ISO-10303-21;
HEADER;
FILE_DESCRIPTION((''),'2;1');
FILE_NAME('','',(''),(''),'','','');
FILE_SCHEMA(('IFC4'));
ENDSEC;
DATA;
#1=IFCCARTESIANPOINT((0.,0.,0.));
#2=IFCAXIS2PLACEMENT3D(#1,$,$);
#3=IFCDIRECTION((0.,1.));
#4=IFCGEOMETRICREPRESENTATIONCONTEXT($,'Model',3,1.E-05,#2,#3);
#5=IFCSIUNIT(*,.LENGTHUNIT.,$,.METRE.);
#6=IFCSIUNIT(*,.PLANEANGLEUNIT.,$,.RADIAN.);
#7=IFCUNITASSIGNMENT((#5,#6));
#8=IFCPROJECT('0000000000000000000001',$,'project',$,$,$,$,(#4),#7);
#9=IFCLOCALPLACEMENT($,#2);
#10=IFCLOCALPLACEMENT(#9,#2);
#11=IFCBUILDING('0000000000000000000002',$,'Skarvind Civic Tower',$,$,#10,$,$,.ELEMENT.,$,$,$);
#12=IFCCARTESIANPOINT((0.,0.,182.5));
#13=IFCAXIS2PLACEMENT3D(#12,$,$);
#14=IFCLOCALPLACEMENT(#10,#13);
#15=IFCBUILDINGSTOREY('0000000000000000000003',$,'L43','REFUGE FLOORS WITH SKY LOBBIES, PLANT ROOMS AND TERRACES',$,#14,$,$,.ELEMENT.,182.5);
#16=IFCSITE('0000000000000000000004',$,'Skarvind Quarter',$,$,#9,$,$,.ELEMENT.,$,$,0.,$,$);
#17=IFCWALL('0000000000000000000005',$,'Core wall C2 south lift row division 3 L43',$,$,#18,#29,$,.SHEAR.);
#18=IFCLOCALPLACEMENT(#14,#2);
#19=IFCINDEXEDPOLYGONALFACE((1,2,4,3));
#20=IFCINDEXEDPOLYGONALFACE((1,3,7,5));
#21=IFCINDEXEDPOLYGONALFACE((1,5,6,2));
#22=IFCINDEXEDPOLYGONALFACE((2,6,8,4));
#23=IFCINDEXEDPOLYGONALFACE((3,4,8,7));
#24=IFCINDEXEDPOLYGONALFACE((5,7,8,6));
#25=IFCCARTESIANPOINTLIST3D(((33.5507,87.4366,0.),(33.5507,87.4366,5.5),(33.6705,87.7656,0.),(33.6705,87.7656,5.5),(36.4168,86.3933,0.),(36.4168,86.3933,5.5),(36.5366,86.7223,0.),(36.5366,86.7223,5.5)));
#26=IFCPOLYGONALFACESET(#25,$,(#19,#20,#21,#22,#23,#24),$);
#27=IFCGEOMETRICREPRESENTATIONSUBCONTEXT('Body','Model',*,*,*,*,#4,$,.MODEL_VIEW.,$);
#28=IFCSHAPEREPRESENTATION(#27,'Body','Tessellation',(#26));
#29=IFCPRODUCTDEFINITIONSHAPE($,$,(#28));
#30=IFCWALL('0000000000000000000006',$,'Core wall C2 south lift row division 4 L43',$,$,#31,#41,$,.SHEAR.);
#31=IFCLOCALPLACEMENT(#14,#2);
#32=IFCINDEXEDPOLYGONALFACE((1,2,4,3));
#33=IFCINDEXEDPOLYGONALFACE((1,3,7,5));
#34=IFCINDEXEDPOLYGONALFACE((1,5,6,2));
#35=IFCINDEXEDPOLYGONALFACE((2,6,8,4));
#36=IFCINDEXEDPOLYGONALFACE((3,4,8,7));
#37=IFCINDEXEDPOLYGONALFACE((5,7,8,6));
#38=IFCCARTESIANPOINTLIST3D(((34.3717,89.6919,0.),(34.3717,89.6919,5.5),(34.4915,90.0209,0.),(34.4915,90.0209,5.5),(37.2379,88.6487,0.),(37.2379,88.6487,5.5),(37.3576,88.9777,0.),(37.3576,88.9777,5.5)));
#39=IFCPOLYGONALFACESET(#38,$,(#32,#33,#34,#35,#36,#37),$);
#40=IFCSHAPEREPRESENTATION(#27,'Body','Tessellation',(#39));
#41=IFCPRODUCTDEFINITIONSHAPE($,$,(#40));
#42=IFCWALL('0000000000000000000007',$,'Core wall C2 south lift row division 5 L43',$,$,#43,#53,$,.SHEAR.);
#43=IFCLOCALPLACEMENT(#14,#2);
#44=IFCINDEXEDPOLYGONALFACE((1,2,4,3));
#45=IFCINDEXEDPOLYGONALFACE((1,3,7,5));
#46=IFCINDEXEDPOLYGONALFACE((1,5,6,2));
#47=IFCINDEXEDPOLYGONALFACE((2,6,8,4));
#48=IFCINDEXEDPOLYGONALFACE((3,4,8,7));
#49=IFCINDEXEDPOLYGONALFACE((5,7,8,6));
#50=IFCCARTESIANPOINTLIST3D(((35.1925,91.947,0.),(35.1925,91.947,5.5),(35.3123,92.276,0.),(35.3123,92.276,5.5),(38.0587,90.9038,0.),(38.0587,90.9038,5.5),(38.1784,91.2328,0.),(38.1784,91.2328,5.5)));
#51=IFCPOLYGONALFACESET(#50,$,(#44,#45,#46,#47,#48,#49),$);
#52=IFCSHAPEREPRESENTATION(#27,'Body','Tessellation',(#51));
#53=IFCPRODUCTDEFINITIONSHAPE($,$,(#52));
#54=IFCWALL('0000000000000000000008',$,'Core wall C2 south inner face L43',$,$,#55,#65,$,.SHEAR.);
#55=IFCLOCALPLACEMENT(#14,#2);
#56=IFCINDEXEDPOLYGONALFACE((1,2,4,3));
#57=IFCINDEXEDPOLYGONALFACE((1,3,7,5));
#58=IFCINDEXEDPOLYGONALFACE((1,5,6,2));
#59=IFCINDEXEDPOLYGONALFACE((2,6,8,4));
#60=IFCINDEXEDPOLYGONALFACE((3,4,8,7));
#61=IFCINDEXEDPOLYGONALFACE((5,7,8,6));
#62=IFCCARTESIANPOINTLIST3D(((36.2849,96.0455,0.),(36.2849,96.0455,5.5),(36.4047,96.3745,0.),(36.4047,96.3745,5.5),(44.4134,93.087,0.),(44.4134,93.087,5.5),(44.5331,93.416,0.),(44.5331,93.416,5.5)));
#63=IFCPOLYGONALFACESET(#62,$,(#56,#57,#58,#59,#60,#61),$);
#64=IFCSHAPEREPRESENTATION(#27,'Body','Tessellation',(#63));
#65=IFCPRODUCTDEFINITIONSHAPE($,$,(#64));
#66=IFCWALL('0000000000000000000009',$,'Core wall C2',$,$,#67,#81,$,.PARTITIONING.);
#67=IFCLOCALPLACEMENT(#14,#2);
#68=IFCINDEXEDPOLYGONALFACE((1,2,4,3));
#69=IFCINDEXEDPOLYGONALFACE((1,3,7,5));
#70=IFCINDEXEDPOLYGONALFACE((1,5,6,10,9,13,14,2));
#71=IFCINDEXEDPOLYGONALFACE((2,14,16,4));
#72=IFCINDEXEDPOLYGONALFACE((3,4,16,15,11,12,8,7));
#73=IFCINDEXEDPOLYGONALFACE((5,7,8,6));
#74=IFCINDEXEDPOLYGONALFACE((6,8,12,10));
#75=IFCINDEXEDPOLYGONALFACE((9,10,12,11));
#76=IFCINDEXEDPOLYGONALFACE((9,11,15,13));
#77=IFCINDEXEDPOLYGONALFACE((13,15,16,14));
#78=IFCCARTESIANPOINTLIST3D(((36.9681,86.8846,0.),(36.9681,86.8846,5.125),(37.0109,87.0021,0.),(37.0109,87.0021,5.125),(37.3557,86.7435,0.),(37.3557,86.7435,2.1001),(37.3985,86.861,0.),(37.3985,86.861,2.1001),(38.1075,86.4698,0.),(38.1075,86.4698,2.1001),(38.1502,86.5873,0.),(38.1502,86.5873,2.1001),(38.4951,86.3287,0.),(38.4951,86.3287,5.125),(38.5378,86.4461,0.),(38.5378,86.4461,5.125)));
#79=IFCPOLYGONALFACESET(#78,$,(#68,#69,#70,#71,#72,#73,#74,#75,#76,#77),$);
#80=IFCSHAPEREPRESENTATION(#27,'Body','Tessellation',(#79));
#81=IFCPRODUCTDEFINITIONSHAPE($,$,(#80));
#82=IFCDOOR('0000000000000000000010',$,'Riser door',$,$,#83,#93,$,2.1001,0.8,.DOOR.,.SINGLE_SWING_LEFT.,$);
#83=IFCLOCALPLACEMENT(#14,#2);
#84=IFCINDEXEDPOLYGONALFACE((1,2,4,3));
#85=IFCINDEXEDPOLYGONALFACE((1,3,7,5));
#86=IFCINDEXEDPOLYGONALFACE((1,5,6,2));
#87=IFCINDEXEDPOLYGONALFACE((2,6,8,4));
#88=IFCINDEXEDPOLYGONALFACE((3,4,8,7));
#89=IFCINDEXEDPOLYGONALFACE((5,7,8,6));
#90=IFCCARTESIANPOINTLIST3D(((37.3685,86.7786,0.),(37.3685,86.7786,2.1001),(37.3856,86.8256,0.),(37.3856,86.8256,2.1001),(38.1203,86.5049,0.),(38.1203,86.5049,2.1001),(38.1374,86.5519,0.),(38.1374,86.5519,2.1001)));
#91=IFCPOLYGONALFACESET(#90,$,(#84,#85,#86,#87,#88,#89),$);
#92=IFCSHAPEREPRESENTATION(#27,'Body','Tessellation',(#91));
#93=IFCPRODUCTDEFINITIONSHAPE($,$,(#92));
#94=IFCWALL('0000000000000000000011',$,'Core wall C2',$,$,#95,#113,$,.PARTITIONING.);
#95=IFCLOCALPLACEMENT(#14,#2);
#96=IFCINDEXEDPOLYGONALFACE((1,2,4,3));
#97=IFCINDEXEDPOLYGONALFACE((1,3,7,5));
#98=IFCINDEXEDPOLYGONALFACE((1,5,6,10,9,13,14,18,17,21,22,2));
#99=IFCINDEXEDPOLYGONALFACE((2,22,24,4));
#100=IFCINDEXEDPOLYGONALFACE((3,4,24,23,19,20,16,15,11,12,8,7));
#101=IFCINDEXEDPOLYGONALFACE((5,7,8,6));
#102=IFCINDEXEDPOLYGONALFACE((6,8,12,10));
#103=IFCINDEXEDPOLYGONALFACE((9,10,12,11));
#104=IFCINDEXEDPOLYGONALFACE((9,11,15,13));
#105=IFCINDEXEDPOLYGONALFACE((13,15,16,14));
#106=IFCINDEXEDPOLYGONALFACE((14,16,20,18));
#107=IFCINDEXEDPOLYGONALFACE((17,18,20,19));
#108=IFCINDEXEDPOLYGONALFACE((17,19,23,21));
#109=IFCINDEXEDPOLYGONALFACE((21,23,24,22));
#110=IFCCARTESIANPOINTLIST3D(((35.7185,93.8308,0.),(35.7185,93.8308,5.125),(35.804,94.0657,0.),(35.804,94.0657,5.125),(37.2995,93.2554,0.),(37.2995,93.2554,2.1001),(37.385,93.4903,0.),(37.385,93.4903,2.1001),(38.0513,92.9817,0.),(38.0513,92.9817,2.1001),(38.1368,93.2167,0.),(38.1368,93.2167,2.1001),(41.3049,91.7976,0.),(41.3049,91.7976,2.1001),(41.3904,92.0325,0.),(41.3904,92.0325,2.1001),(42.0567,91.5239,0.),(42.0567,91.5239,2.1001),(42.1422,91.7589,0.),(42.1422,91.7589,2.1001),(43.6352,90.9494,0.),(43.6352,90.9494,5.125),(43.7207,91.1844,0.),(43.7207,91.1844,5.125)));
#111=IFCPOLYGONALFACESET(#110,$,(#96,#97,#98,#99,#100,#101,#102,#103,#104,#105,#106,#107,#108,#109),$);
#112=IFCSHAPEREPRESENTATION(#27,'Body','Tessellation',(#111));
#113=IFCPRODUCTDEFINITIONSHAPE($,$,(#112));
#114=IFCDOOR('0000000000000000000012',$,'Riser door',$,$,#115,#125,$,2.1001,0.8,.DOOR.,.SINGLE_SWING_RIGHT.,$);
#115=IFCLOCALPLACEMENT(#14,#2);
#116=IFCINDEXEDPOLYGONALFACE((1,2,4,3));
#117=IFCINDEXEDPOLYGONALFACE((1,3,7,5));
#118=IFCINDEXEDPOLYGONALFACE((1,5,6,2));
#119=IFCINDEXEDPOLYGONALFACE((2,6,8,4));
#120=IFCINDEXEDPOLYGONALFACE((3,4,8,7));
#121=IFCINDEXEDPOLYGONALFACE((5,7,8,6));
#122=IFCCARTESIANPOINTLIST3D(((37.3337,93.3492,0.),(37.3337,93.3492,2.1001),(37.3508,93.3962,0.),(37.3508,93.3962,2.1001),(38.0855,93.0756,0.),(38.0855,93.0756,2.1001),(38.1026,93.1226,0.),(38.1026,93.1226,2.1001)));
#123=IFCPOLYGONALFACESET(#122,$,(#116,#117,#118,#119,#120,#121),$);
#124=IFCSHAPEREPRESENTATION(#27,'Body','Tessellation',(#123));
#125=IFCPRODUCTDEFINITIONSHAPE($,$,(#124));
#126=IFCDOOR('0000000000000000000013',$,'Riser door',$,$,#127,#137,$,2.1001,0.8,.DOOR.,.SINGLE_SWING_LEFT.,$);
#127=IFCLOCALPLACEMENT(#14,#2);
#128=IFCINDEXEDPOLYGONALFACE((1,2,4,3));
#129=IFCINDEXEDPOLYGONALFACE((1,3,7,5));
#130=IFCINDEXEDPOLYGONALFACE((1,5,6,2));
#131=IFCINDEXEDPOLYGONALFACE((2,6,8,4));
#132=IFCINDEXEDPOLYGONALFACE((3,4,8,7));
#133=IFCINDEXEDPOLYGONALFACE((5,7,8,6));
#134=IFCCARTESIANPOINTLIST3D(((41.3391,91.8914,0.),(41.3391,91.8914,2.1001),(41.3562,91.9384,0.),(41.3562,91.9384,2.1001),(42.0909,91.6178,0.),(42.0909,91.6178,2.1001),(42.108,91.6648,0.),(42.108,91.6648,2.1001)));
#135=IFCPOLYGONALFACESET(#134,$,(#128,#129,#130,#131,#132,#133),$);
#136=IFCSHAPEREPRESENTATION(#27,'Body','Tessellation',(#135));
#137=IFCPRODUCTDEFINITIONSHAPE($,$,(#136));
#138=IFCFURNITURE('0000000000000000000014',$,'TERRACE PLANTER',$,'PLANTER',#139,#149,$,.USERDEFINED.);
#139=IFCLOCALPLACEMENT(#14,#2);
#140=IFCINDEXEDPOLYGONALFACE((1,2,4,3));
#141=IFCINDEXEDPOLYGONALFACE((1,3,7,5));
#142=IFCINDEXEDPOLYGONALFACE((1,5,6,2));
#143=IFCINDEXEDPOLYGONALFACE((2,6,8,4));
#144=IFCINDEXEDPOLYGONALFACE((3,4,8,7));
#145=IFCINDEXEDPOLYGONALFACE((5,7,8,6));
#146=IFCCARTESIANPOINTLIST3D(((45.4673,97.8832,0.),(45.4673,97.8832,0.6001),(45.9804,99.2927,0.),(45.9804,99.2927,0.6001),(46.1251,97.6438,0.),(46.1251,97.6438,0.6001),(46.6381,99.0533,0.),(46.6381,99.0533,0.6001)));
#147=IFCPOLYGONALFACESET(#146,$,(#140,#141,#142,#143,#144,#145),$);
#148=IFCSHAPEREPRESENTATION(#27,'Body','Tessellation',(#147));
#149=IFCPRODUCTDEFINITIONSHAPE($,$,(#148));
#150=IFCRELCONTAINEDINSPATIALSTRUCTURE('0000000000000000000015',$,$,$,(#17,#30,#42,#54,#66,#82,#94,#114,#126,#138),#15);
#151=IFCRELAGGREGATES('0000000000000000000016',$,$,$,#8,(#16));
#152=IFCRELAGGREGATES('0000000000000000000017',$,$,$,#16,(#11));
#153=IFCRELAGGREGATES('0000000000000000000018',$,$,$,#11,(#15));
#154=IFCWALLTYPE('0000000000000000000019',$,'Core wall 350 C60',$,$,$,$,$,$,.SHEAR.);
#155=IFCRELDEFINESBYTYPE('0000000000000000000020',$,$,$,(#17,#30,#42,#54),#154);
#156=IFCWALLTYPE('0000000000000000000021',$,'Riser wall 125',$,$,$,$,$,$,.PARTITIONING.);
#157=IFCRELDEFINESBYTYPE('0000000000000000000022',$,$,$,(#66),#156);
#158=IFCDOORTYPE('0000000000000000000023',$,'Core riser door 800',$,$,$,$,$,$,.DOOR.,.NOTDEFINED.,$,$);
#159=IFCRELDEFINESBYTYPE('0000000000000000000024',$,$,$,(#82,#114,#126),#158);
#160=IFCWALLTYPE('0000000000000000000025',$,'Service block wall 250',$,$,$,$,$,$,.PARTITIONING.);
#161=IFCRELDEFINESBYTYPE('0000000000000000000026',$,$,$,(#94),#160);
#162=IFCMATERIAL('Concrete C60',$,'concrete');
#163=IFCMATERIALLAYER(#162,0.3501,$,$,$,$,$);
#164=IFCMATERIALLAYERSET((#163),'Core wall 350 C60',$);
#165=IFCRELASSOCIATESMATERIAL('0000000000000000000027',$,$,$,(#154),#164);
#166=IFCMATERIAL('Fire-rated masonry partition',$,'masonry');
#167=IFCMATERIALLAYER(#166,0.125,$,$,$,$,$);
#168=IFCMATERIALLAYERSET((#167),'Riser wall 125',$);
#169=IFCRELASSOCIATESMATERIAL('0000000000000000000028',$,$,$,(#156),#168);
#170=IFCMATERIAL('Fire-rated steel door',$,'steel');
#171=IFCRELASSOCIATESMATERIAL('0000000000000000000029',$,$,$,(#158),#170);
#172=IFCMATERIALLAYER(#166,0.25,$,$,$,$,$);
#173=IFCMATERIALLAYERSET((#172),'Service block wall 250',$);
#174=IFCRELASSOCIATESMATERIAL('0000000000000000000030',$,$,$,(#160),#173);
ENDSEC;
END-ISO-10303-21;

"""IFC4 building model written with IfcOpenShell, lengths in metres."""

from ifc_helpers import new_model, si_unit, direction, frame, frame_2d, origin, origin_2d, place, context, subcontext, project, spatial, rectangle, extrude, material, layer, layer_set, type_object, element, fill, save


model = new_model("IFC4")

# Units and contexts
model_context = context("Model", 3, precision=1e-05, world=origin(), true_north=direction((0.0, 1.0)))
body_context = subcontext(model_context, "Body", "Model", "MODEL_VIEW")
ifc_project = project(units=[si_unit("LENGTHUNIT", "METRE"), si_unit("PLANEANGLEUNIT", "RADIAN")], contexts=[model_context])

# Site, building, storey
site_placement = place(None, origin())
site = spatial("IfcSite", under=ifc_project, at=site_placement, Name="Skarvind Quarter", CompositionType="ELEMENT", RefElevation=0.0)
building_placement = place(site_placement, origin())
building = spatial("IfcBuilding", under=site, at=building_placement, Name="Skarvind Civic Tower", CompositionType="ELEMENT")
storey_placement = place(building_placement, frame((0.0, 0.0, 182.5)))
storey = spatial("IfcBuildingStorey", under=building, at=storey_placement, Name="L43", Description="REFUGE FLOORS WITH SKY LOBBIES, PLANT ROOMS AND TERRACES", CompositionType="ELEMENT", Elevation=182.5)

# Shared definitions
ifc_material_1 = material(Name="Concrete C60", Category="concrete")

# Shared definitions
ifc_material_2 = material(Name="Fire-rated masonry partition", Category="masonry")
ifc_material_3 = material(Name="Fire-rated steel door", Category="steel")

# Walls
ifc_layer_1 = layer(ifc_material_1, 0.3501)
ifc_layer_set_1 = layer_set([ifc_layer_1], Name="Core wall 350 C60")
wall_type_1 = type_object("IfcWallType", Name="Core wall 350 C60", PredefinedType="SHEAR", material=ifc_layer_set_1)
for number, where, z_axis, x_axis, name in (
    (1, (36.4766, 86.5579, 0.0), (0.0, 0.0, 1.0), (-0.939684, 0.342045, 0.0), "Core wall C2 south lift row division 3 L43"),
    (2, (37.2976, 88.8132, 0.0), (0.0, 0.0, 1.0), (-0.939693, 0.342019, 0.0), "Core wall C2 south lift row division 4 L43"),
    (3, (38.1184, 91.0684, 0.0), (0.0, 0.0, 1.0), (-0.939693, 0.342019, 0.0), "Core wall C2 south lift row division 5 L43"),
):
    element("IfcWall", number, at=place(storey_placement, frame(where, z_axis=z_axis, x_axis=x_axis)), inside=storey, type_object=wall_type_1, Name=name, PredefinedType="SHEAR", context=body_context, shape_type="SweptSolid", body=[
        extrude(rectangle(XDim=3.05, YDim=0.3501, at=frame_2d((1.5249, 0.0))), origin(), (0.0, 0.0, 1.0), 5.5),
    ])
wall_1_placement = place(storey_placement, frame((44.4734, 93.2515, 0.0), z_axis=(0.0, 0.0, 1.0), x_axis=(-0.939693, 0.34202, 0.0)))
element("IfcWall", 4, at=wall_1_placement, inside=storey, type_object=wall_type_1, Name="Core wall C2 south inner face L43", PredefinedType="SHEAR", context=body_context, shape_type="SweptSolid", body=[
    extrude(rectangle(XDim=8.6501, YDim=0.3501, at=frame_2d((4.3252, 0.0))), origin(), (0.0, 0.0, 1.0), 5.5),
])

# Wall, opening, door
ifc_layer_2 = layer(ifc_material_2, 0.125)
ifc_layer_set_2 = layer_set([ifc_layer_2], Name="Riser wall 125")
wall_type_2 = type_object("IfcWallType", Name="Riser wall 125", PredefinedType="PARTITIONING", material=ifc_layer_set_2)
wall_2_placement = place(storey_placement, frame((36.9895, 86.9434, 0.0), z_axis=(0.0, 0.0, 1.0), x_axis=(0.939657, -0.342117, 0.0)))
wall_2 = element("IfcWall", 5, at=wall_2_placement, inside=storey, type_object=wall_type_2, Name="Core wall C2", PredefinedType="PARTITIONING", context=body_context, shape_type="SweptSolid", body=[
    extrude(rectangle(XDim=1.625, YDim=0.125, at=frame_2d((0.8125, 0.0))), origin(), (0.0, 0.0, 1.0), 5.125),
])
opening_1_placement = place(wall_2_placement, frame((0.4126, 0.0, 0.0)))
opening_1 = element("IfcOpeningElement", 6, at=opening_1_placement, cuts=wall_2, PredefinedType="OPENING", context=body_context, shape_type="SweptSolid", body=[
    extrude(rectangle(XDim=0.8, YDim=2.1001, at=frame_2d((0.3999, 1.05))), frame((0.0, 0.0725, 0.0), z_axis=(0.0, -1.0, 0.0), x_axis=(1.0, 0.0, 0.0)), (0.0, 0.0, 1.0), 0.145),
])
door_type_1 = type_object("IfcDoorType", Name="Core riser door 800", OperationType="NOTDEFINED", PredefinedType="DOOR", material=ifc_material_3)
door_1_placement = place(opening_1_placement, origin())
door_1 = element("IfcDoor", 7, at=door_1_placement, inside=storey, type_object=door_type_1, Name="Riser door", OperationType="SINGLE_SWING_LEFT", OverallHeight=2.1001, OverallWidth=0.8, PredefinedType="DOOR", context=body_context, shape_type="SweptSolid", body=[
    extrude(rectangle(XDim=0.8, YDim=2.1001, at=frame_2d((0.3999, 1.05))), frame((0.0, 0.0249, 0.0), z_axis=(0.0, -1.0, 0.0), x_axis=(1.0, 0.0, 0.0)), (0.0, 0.0, 1.0), 0.05),
])
fill(opening_1, door_1)

# Wall, openings, doors
ifc_layer_3 = layer(ifc_material_2, 0.25)
ifc_layer_set_3 = layer_set([ifc_layer_3], Name="Service block wall 250")
wall_type_3 = type_object("IfcWallType", Name="Service block wall 250", PredefinedType="PARTITIONING", material=ifc_layer_set_3)
wall_3_placement = place(storey_placement, frame((35.7612, 93.9482, 0.0), z_axis=(0.0, 0.0, 1.0), x_axis=(0.939697, -0.342008, 0.0)))
wall_3 = element("IfcWall", 8, at=wall_3_placement, inside=storey, type_object=wall_type_3, Name="Core wall C2", PredefinedType="PARTITIONING", context=body_context, shape_type="SweptSolid", body=[
    extrude(rectangle(XDim=8.4248, YDim=0.25, at=frame_2d((4.2124, 0.0))), origin(), (0.0, 0.0, 1.0), 5.125),
])
opening_2_placement = place(wall_3_placement, frame((1.6826, 0.0, 0.0)))
opening_2 = element("IfcOpeningElement", 9, at=opening_2_placement, cuts=wall_3, PredefinedType="OPENING", context=body_context, shape_type="SweptSolid", body=[
    extrude(rectangle(XDim=0.8, YDim=2.1001, at=frame_2d((0.3999, 1.05))), frame((0.0, 0.135, 0.0), z_axis=(0.0, -1.0, 0.0), x_axis=(1.0, 0.0, 0.0)), (0.0, 0.0, 1.0), 0.27),
])
opening_3_placement = place(wall_3_placement, frame((5.9451, 0.0, 0.0)))
opening_3 = element("IfcOpeningElement", 10, at=opening_3_placement, cuts=wall_3, PredefinedType="OPENING", context=body_context, shape_type="SweptSolid", body=[
    extrude(rectangle(XDim=0.8, YDim=2.1001, at=frame_2d((0.3999, 1.05))), frame((0.0, 0.135, 0.0), z_axis=(0.0, -1.0, 0.0), x_axis=(1.0, 0.0, 0.0)), (0.0, 0.0, 1.0), 0.27),
])
door_2_placement = place(opening_2_placement, origin())
door_2 = element("IfcDoor", 11, at=door_2_placement, inside=storey, type_object=door_type_1, Name="Riser door", OperationType="SINGLE_SWING_RIGHT", OverallHeight=2.1001, OverallWidth=0.8, PredefinedType="DOOR", context=body_context, shape_type="SweptSolid", body=[
    extrude(rectangle(XDim=0.8, YDim=2.1001, at=frame_2d((0.3999, 1.05))), frame((0.0, 0.0249, 0.0), z_axis=(0.0, -1.0, 0.0), x_axis=(1.0, 0.0, 0.0)), (0.0, 0.0, 1.0), 0.05),
])
fill(opening_2, door_2)
door_3_placement = place(opening_3_placement, origin())
door_3 = element("IfcDoor", 12, at=door_3_placement, inside=storey, type_object=door_type_1, Name="Riser door", OperationType="SINGLE_SWING_LEFT", OverallHeight=2.1001, OverallWidth=0.8, PredefinedType="DOOR", context=body_context, shape_type="SweptSolid", body=[
    extrude(rectangle(XDim=0.8, YDim=2.1001, at=frame_2d((0.3999, 1.05))), frame((0.0, 0.0249, 0.0), z_axis=(0.0, -1.0, 0.0), x_axis=(1.0, 0.0, 0.0)), (0.0, 0.0, 1.0), 0.05),
])
fill(opening_3, door_3)

# Furniture
furniture_placement = place(storey_placement, frame((46.0527, 98.4683, 0.0), z_axis=(0.0, 0.0, 1.0), x_axis=(-0.34202, -0.939693, 0.0)))
element("IfcFurniture", 13, at=furniture_placement, inside=storey, Name="TERRACE PLANTER", ObjectType="PLANTER", PredefinedType="USERDEFINED", context=body_context, shape_type="SweptSolid", body=[
    extrude(rectangle(XDim=1.5, YDim=0.7, at=origin_2d()), origin(), (0.0, 0.0, 1.0), 0.6001),
])

save(model, "model.ifc")
